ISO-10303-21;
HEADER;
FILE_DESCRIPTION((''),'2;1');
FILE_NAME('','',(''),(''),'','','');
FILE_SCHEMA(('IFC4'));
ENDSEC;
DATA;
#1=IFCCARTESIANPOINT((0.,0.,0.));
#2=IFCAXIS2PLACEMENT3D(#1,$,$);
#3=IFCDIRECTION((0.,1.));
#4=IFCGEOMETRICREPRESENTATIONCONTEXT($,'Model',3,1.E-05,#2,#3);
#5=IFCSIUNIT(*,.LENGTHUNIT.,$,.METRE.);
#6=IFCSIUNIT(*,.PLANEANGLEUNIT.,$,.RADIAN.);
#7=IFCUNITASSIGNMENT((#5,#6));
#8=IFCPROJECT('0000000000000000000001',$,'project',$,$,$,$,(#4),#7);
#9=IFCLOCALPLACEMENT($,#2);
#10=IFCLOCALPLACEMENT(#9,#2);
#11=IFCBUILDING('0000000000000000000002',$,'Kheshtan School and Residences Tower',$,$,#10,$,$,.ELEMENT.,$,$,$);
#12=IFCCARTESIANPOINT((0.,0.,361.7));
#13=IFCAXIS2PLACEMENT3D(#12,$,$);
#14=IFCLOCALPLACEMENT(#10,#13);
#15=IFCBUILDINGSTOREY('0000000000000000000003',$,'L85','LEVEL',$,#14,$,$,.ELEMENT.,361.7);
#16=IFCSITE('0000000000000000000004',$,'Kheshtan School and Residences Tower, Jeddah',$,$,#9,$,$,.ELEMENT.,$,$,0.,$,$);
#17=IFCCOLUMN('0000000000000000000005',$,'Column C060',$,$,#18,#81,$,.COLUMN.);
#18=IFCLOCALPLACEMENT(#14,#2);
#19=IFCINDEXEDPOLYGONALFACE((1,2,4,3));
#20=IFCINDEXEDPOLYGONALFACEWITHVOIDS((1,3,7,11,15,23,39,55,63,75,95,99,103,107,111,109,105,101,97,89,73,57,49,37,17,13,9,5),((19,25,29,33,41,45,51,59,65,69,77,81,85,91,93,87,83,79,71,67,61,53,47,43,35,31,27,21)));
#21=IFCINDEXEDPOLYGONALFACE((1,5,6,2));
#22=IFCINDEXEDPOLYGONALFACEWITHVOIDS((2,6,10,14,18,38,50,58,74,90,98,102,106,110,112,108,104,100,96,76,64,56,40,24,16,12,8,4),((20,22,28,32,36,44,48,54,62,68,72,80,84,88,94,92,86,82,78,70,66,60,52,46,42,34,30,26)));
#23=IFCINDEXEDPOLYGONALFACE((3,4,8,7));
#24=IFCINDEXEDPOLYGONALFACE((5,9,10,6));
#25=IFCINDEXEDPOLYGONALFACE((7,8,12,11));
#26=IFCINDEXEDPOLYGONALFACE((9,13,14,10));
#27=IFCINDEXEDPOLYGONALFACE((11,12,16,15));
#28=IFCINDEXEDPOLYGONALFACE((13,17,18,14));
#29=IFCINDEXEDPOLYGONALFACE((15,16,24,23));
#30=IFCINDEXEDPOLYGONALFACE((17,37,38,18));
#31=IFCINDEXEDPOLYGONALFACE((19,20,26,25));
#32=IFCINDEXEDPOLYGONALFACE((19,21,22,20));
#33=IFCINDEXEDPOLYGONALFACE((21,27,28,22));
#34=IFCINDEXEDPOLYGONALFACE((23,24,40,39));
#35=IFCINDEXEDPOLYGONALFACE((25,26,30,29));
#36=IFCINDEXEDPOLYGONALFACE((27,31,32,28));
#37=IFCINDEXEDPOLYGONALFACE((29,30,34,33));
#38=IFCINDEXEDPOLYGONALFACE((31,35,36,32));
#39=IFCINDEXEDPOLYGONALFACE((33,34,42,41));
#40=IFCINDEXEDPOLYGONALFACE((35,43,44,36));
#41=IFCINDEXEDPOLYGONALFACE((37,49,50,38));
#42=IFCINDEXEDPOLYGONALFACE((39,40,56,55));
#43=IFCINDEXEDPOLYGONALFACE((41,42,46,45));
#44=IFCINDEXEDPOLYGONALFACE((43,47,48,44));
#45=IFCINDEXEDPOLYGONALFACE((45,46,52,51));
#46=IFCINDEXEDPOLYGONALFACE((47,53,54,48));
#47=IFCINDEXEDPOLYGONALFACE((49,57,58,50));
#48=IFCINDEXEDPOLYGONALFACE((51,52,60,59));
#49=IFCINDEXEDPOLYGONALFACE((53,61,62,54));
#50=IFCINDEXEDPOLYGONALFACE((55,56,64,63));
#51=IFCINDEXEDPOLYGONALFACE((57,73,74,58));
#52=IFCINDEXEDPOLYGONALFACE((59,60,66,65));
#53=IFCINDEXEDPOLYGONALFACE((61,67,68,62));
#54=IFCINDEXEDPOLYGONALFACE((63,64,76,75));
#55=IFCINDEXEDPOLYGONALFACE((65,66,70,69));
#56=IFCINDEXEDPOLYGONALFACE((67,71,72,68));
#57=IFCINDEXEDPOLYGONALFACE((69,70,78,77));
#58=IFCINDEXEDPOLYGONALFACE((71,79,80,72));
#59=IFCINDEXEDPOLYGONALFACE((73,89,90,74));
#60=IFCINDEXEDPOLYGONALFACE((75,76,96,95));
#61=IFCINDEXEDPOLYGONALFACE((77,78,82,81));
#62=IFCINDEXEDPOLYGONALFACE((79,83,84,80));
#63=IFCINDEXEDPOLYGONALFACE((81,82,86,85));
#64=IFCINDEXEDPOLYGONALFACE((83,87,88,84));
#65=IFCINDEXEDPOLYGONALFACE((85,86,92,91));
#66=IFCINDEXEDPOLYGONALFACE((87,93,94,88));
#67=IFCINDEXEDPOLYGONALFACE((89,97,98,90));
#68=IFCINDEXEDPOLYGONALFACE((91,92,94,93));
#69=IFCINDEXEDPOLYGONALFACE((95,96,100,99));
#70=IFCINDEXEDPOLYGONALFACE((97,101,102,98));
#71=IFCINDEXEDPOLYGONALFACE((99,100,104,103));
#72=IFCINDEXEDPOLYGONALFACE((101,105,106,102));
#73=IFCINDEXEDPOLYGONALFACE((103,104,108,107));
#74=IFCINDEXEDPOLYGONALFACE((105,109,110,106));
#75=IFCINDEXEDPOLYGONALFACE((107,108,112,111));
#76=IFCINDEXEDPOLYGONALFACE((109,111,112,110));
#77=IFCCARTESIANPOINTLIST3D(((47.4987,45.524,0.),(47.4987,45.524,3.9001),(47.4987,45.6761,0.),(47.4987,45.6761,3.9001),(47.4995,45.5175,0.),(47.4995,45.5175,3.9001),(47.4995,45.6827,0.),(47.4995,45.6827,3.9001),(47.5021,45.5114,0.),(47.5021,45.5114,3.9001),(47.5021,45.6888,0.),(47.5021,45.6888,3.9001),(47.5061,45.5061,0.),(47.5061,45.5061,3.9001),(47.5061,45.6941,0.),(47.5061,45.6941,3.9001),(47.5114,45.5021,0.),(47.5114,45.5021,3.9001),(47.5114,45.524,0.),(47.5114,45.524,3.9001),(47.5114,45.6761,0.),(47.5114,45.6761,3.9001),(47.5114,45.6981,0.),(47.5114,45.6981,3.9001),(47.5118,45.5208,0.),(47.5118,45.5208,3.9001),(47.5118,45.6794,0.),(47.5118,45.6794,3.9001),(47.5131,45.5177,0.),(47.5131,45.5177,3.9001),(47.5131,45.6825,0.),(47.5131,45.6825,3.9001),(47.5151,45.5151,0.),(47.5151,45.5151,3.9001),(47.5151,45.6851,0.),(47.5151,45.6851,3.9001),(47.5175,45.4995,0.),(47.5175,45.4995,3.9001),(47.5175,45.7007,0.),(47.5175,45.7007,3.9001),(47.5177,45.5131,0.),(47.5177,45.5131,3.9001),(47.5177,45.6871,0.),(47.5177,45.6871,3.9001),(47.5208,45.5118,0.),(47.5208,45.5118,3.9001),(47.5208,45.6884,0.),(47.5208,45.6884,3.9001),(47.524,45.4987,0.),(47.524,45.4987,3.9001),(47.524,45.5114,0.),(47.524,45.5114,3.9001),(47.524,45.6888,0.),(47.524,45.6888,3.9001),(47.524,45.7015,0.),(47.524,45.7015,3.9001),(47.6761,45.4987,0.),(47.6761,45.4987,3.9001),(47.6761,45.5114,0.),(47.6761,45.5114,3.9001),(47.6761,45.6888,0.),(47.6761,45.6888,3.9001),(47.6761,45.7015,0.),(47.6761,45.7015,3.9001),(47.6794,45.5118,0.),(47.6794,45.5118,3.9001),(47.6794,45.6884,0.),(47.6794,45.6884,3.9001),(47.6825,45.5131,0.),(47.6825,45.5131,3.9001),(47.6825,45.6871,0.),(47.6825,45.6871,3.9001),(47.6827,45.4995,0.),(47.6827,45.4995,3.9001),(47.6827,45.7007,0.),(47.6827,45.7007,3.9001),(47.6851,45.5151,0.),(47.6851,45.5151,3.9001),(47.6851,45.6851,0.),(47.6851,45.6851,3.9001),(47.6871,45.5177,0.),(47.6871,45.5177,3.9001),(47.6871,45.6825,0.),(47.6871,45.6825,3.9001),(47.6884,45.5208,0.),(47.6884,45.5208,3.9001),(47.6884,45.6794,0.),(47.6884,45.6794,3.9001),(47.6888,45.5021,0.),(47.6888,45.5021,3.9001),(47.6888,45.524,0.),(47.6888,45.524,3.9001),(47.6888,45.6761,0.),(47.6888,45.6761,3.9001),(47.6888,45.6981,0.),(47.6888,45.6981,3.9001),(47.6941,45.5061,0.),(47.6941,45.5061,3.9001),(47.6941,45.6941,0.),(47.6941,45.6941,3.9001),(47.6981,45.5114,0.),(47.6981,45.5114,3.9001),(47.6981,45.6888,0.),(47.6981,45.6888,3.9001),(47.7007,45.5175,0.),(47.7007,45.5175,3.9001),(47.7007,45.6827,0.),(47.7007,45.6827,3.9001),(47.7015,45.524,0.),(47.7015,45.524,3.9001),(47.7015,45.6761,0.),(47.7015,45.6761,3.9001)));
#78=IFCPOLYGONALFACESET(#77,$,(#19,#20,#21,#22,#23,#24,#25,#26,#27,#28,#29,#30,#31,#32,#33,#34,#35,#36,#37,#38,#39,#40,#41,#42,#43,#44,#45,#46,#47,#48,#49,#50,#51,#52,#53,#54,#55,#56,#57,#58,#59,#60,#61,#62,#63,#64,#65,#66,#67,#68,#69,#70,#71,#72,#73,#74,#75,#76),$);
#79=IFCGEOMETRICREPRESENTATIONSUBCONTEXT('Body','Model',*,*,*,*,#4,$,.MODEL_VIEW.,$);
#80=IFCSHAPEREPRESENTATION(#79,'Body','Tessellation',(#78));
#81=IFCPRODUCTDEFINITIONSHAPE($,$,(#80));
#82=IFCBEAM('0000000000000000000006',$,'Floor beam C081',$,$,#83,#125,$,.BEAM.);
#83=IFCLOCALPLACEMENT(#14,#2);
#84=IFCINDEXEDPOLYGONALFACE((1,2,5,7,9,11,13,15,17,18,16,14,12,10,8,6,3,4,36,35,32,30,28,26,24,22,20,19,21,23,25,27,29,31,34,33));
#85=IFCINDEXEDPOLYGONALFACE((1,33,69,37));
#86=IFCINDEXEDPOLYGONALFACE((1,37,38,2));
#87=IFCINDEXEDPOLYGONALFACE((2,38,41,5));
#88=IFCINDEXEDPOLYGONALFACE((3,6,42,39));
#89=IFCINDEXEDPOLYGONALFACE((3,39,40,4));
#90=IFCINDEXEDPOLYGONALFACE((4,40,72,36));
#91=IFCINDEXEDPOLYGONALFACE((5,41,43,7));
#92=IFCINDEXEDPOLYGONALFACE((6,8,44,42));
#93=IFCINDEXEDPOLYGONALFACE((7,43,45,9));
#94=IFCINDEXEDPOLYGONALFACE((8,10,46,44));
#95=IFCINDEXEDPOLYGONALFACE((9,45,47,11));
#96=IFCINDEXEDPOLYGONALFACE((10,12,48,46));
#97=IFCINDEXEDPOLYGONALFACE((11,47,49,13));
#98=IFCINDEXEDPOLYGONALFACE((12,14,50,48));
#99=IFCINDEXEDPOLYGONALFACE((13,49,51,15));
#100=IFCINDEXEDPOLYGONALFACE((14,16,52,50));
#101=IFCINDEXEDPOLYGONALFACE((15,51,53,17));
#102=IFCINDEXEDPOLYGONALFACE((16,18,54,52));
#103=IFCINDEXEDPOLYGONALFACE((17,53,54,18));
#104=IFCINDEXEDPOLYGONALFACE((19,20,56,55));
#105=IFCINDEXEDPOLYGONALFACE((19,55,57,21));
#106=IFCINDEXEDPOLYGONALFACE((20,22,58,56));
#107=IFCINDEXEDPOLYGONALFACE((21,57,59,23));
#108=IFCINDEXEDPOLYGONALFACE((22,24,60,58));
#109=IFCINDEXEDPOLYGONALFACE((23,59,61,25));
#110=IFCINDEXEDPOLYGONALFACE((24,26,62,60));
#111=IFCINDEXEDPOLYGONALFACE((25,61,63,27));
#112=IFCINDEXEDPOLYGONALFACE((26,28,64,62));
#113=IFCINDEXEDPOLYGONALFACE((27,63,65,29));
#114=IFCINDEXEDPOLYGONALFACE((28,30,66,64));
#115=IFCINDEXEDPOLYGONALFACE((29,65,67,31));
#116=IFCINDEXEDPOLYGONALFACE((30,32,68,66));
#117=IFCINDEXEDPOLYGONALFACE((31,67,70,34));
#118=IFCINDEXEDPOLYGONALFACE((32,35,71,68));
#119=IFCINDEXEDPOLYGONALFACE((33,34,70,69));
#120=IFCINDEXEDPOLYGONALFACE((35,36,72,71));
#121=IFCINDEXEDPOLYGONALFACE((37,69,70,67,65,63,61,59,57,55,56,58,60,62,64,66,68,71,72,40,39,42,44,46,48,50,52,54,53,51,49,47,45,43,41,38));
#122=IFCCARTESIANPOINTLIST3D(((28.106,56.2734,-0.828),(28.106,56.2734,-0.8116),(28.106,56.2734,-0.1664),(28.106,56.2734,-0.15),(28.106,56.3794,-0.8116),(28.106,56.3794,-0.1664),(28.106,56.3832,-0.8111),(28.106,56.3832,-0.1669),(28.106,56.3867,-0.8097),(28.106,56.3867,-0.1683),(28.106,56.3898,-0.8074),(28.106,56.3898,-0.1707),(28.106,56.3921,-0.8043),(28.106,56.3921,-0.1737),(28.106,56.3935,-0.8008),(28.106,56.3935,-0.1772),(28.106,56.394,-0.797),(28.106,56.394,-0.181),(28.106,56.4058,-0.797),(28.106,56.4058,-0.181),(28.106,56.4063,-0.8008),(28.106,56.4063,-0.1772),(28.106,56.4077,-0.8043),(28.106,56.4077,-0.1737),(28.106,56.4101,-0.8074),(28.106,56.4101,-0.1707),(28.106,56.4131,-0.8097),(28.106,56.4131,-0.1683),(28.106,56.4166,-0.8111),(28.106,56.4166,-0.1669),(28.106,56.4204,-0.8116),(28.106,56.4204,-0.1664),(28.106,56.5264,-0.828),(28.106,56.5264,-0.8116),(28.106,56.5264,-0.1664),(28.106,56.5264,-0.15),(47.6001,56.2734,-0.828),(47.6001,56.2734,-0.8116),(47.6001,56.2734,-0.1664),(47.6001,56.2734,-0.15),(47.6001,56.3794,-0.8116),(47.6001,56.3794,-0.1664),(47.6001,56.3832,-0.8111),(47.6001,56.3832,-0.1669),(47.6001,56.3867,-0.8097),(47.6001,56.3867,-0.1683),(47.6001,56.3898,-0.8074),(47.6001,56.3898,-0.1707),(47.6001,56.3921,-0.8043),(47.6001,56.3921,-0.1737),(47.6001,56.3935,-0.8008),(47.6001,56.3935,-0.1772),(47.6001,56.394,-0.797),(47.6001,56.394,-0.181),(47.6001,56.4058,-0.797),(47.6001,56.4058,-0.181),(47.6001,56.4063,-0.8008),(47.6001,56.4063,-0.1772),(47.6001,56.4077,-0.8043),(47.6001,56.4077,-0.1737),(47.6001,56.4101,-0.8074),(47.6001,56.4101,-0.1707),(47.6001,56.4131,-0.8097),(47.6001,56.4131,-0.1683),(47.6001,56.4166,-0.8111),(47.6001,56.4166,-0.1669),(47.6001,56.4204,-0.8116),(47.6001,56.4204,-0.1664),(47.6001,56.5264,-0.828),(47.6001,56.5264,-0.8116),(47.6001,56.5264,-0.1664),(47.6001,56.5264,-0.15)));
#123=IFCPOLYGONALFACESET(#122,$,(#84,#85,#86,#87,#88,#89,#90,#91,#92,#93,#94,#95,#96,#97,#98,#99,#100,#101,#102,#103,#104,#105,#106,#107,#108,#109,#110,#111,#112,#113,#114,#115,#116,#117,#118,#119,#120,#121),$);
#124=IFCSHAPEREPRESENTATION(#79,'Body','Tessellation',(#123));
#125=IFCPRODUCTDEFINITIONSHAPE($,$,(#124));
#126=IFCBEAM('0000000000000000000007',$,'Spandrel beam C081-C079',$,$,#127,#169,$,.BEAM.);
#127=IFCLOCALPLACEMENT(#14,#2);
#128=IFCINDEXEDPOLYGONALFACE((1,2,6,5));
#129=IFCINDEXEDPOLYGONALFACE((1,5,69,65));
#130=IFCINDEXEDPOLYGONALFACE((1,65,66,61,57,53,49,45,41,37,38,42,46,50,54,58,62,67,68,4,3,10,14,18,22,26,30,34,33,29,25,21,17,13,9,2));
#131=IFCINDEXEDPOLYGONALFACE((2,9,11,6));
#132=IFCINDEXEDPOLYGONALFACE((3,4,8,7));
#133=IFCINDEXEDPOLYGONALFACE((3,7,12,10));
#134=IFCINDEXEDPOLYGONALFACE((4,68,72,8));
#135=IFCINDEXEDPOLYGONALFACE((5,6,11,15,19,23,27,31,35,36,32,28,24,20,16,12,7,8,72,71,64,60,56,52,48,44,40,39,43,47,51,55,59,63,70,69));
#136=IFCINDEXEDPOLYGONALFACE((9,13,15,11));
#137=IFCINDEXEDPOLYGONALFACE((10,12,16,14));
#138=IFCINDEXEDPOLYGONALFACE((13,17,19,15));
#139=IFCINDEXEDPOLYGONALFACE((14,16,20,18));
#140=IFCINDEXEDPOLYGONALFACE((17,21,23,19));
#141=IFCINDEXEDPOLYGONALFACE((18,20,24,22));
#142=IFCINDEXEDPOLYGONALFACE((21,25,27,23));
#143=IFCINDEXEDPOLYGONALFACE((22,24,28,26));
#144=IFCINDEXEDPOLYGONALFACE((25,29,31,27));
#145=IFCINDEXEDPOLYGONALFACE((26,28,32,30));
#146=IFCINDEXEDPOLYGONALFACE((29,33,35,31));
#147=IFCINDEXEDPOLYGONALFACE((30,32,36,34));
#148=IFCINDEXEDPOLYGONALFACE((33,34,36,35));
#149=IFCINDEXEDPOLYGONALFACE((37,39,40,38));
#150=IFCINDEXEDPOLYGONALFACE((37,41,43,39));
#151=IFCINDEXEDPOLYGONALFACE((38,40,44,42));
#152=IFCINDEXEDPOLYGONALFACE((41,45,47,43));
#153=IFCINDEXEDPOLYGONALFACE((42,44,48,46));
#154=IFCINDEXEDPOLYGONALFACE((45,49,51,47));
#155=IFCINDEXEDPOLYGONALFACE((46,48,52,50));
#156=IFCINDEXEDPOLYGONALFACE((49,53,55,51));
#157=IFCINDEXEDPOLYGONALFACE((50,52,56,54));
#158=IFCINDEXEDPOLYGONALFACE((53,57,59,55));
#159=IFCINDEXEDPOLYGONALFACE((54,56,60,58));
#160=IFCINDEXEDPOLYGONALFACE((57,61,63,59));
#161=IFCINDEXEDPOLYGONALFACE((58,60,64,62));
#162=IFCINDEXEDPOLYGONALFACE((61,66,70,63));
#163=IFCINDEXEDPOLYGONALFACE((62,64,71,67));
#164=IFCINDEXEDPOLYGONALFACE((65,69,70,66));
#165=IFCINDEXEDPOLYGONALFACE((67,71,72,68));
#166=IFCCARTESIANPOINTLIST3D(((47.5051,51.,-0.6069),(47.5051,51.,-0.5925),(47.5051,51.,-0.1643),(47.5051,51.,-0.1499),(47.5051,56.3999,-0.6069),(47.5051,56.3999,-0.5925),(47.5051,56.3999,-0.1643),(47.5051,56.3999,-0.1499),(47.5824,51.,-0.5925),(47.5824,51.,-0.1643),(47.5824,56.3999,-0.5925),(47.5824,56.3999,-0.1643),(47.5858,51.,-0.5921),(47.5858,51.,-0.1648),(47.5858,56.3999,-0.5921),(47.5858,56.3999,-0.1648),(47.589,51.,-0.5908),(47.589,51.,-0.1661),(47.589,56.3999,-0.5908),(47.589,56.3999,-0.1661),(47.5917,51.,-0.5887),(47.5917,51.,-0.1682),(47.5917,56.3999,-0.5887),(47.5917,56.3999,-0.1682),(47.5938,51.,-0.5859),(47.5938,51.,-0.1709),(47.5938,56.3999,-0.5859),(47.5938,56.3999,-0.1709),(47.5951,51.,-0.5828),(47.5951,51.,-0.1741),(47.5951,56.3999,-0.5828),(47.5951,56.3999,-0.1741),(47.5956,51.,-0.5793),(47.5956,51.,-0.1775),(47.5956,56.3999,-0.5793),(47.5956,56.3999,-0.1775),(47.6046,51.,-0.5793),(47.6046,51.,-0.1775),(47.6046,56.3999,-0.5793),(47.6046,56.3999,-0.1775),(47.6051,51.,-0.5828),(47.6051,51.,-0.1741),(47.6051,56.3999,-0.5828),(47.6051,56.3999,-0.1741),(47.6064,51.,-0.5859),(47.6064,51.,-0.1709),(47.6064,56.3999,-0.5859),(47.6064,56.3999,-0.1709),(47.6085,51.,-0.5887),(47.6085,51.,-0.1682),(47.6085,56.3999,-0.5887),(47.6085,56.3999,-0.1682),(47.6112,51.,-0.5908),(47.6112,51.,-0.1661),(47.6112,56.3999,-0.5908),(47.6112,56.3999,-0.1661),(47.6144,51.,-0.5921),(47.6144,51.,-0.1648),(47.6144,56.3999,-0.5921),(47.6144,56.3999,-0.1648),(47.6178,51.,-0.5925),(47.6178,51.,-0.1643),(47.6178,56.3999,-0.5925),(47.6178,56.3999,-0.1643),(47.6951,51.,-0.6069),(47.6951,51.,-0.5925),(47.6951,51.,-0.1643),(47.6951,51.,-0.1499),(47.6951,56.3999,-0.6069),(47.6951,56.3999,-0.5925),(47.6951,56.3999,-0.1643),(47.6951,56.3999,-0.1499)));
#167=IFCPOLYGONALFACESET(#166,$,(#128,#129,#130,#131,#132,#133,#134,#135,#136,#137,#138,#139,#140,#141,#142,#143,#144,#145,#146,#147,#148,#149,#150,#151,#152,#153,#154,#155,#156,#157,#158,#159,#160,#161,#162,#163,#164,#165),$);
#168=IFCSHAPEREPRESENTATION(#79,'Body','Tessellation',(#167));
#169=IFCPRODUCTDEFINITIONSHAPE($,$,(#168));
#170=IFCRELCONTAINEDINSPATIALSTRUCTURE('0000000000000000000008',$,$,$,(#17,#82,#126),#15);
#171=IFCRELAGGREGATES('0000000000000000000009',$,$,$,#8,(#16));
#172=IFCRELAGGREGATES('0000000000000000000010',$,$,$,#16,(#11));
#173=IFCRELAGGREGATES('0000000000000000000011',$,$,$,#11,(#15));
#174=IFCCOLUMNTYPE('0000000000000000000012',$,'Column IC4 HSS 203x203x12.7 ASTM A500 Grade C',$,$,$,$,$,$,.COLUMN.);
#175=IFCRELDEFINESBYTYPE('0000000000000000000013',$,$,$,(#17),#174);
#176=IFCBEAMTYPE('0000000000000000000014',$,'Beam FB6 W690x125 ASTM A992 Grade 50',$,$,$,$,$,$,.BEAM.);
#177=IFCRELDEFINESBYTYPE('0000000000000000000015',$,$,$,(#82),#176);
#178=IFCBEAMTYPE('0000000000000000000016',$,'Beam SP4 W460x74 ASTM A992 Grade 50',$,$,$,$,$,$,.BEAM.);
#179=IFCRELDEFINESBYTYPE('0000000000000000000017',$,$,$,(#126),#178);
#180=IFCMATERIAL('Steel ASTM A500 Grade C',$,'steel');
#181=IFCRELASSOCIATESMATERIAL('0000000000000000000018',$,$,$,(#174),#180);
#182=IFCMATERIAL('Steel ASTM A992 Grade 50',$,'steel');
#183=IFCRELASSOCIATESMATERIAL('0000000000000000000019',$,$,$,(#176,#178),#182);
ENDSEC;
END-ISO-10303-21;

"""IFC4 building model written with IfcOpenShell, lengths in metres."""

from ifc_helpers import new_model, si_unit, direction, frame, origin, origin_2d, place, context, subcontext, project, spatial, hollow_rectangle, i_section, extrude, material, material_profile, profile_set, type_object, element, save


model = new_model("IFC4")

# Units and contexts
model_context = context("Model", 3, precision=1e-05, world=origin(), true_north=direction((0.0, 1.0)))
body_context = subcontext(model_context, "Body", "Model", "MODEL_VIEW")
ifc_project = project(units=[si_unit("LENGTHUNIT", "METRE"), si_unit("PLANEANGLEUNIT", "RADIAN")], contexts=[model_context])

# Site, building, storey
site_placement = place(None, origin())
site = spatial("IfcSite", under=ifc_project, at=site_placement, Name="Kheshtan School and Residences Tower, Jeddah", CompositionType="ELEMENT", RefElevation=0.0)
building_placement = place(site_placement, origin())
building = spatial("IfcBuilding", under=site, at=building_placement, Name="Kheshtan School and Residences Tower", CompositionType="ELEMENT")
storey_placement = place(building_placement, frame((0.0, 0.0, 361.7)))
storey = spatial("IfcBuildingStorey", under=building, at=storey_placement, Name="L85", Description="LEVEL", CompositionType="ELEMENT", Elevation=361.7)

# Column
ifc_material_1 = material(Name="Steel ASTM A992 Grade 50", Category="steel")
ifc_material_2 = material(Name="Steel ASTM A500 Grade C", Category="steel")
ifc_material_profile_1 = material_profile(ifc_material_2, hollow_rectangle(XDim=0.2029, YDim=0.2029, WallThickness=0.0127, InnerFilletRadius=0.0127, OuterFilletRadius=0.0254, at=origin_2d()), Name="HSS 203x203x12.7")
ifc_profile_set_1 = profile_set([ifc_material_profile_1], Name="Steel ASTM A500 Grade C")
column_type_1 = type_object("IfcColumnType", Name="Column IC4 HSS 203x203x12.7 ASTM A500 Grade C", PredefinedType="COLUMN", material=ifc_profile_set_1)
column_placement = place(storey_placement, frame((47.6001, 45.6001, 0.0), z_axis=(0.0, 0.0, 1.0), x_axis=(1.0, 0.0, 0.0)))
element("IfcColumn", 1, at=column_placement, inside=storey, type_object=column_type_1, Name="Column C060", PredefinedType="COLUMN", context=body_context, shape_type="SweptSolid", body=[
    extrude(hollow_rectangle(XDim=0.2029, YDim=0.2029, WallThickness=0.0127, InnerFilletRadius=0.0127, OuterFilletRadius=0.0254, at=origin_2d()), origin(), (0.0, 0.0, 1.0), 3.9001),
])

# Beams
ifc_material_profile_2 = material_profile(ifc_material_1, i_section(OverallWidth=0.2529, OverallDepth=0.678, WebThickness=0.0117, FlangeThickness=0.0164, FilletRadius=0.0146, at=origin_2d()), Name="W690x125")
ifc_profile_set_2 = profile_set([ifc_material_profile_2], Name="Steel ASTM A992 Grade 50")
beam_type_1 = type_object("IfcBeamType", Name="Beam FB6 W690x125 ASTM A992 Grade 50", PredefinedType="BEAM", material=ifc_profile_set_2)
beam_1_placement = place(storey_placement, frame((47.6001, 56.3999, -0.489), z_axis=(-1.0, 0.0, 0.0), x_axis=(0.0, -1.0, 0.0)))
element("IfcBeam", 2, at=beam_1_placement, inside=storey, type_object=beam_type_1, Name="Floor beam C081", PredefinedType="BEAM", context=body_context, shape_type="SweptSolid", body=[
    extrude(i_section(OverallWidth=0.2529, OverallDepth=0.678, WebThickness=0.0117, FlangeThickness=0.0164, FilletRadius=0.0146, at=origin_2d()), origin(), (0.0, 0.0, 1.0), 19.4941),
])
ifc_material_profile_3 = material_profile(ifc_material_1, i_section(OverallWidth=0.1899, OverallDepth=0.457, WebThickness=0.009, FlangeThickness=0.0144, FilletRadius=0.0132, at=origin_2d()), Name="W460x74")
ifc_profile_set_3 = profile_set([ifc_material_profile_3], Name="Steel ASTM A992 Grade 50")
beam_type_2 = type_object("IfcBeamType", Name="Beam SP4 W460x74 ASTM A992 Grade 50", PredefinedType="BEAM", material=ifc_profile_set_3)
beam_2_placement = place(storey_placement, frame((47.6001, 56.3999, -0.3784), z_axis=(0.0, -1.0, 0.0), x_axis=(1.0, 0.0, 0.0)))
element("IfcBeam", 3, at=beam_2_placement, inside=storey, type_object=beam_type_2, Name="Spandrel beam C081-C079", PredefinedType="BEAM", context=body_context, shape_type="SweptSolid", body=[
    extrude(i_section(OverallWidth=0.1899, OverallDepth=0.457, WebThickness=0.009, FlangeThickness=0.0144, FilletRadius=0.0132, at=origin_2d()), origin(), (0.0, 0.0, 1.0), 5.3999),
])

save(model, "model.ifc")
